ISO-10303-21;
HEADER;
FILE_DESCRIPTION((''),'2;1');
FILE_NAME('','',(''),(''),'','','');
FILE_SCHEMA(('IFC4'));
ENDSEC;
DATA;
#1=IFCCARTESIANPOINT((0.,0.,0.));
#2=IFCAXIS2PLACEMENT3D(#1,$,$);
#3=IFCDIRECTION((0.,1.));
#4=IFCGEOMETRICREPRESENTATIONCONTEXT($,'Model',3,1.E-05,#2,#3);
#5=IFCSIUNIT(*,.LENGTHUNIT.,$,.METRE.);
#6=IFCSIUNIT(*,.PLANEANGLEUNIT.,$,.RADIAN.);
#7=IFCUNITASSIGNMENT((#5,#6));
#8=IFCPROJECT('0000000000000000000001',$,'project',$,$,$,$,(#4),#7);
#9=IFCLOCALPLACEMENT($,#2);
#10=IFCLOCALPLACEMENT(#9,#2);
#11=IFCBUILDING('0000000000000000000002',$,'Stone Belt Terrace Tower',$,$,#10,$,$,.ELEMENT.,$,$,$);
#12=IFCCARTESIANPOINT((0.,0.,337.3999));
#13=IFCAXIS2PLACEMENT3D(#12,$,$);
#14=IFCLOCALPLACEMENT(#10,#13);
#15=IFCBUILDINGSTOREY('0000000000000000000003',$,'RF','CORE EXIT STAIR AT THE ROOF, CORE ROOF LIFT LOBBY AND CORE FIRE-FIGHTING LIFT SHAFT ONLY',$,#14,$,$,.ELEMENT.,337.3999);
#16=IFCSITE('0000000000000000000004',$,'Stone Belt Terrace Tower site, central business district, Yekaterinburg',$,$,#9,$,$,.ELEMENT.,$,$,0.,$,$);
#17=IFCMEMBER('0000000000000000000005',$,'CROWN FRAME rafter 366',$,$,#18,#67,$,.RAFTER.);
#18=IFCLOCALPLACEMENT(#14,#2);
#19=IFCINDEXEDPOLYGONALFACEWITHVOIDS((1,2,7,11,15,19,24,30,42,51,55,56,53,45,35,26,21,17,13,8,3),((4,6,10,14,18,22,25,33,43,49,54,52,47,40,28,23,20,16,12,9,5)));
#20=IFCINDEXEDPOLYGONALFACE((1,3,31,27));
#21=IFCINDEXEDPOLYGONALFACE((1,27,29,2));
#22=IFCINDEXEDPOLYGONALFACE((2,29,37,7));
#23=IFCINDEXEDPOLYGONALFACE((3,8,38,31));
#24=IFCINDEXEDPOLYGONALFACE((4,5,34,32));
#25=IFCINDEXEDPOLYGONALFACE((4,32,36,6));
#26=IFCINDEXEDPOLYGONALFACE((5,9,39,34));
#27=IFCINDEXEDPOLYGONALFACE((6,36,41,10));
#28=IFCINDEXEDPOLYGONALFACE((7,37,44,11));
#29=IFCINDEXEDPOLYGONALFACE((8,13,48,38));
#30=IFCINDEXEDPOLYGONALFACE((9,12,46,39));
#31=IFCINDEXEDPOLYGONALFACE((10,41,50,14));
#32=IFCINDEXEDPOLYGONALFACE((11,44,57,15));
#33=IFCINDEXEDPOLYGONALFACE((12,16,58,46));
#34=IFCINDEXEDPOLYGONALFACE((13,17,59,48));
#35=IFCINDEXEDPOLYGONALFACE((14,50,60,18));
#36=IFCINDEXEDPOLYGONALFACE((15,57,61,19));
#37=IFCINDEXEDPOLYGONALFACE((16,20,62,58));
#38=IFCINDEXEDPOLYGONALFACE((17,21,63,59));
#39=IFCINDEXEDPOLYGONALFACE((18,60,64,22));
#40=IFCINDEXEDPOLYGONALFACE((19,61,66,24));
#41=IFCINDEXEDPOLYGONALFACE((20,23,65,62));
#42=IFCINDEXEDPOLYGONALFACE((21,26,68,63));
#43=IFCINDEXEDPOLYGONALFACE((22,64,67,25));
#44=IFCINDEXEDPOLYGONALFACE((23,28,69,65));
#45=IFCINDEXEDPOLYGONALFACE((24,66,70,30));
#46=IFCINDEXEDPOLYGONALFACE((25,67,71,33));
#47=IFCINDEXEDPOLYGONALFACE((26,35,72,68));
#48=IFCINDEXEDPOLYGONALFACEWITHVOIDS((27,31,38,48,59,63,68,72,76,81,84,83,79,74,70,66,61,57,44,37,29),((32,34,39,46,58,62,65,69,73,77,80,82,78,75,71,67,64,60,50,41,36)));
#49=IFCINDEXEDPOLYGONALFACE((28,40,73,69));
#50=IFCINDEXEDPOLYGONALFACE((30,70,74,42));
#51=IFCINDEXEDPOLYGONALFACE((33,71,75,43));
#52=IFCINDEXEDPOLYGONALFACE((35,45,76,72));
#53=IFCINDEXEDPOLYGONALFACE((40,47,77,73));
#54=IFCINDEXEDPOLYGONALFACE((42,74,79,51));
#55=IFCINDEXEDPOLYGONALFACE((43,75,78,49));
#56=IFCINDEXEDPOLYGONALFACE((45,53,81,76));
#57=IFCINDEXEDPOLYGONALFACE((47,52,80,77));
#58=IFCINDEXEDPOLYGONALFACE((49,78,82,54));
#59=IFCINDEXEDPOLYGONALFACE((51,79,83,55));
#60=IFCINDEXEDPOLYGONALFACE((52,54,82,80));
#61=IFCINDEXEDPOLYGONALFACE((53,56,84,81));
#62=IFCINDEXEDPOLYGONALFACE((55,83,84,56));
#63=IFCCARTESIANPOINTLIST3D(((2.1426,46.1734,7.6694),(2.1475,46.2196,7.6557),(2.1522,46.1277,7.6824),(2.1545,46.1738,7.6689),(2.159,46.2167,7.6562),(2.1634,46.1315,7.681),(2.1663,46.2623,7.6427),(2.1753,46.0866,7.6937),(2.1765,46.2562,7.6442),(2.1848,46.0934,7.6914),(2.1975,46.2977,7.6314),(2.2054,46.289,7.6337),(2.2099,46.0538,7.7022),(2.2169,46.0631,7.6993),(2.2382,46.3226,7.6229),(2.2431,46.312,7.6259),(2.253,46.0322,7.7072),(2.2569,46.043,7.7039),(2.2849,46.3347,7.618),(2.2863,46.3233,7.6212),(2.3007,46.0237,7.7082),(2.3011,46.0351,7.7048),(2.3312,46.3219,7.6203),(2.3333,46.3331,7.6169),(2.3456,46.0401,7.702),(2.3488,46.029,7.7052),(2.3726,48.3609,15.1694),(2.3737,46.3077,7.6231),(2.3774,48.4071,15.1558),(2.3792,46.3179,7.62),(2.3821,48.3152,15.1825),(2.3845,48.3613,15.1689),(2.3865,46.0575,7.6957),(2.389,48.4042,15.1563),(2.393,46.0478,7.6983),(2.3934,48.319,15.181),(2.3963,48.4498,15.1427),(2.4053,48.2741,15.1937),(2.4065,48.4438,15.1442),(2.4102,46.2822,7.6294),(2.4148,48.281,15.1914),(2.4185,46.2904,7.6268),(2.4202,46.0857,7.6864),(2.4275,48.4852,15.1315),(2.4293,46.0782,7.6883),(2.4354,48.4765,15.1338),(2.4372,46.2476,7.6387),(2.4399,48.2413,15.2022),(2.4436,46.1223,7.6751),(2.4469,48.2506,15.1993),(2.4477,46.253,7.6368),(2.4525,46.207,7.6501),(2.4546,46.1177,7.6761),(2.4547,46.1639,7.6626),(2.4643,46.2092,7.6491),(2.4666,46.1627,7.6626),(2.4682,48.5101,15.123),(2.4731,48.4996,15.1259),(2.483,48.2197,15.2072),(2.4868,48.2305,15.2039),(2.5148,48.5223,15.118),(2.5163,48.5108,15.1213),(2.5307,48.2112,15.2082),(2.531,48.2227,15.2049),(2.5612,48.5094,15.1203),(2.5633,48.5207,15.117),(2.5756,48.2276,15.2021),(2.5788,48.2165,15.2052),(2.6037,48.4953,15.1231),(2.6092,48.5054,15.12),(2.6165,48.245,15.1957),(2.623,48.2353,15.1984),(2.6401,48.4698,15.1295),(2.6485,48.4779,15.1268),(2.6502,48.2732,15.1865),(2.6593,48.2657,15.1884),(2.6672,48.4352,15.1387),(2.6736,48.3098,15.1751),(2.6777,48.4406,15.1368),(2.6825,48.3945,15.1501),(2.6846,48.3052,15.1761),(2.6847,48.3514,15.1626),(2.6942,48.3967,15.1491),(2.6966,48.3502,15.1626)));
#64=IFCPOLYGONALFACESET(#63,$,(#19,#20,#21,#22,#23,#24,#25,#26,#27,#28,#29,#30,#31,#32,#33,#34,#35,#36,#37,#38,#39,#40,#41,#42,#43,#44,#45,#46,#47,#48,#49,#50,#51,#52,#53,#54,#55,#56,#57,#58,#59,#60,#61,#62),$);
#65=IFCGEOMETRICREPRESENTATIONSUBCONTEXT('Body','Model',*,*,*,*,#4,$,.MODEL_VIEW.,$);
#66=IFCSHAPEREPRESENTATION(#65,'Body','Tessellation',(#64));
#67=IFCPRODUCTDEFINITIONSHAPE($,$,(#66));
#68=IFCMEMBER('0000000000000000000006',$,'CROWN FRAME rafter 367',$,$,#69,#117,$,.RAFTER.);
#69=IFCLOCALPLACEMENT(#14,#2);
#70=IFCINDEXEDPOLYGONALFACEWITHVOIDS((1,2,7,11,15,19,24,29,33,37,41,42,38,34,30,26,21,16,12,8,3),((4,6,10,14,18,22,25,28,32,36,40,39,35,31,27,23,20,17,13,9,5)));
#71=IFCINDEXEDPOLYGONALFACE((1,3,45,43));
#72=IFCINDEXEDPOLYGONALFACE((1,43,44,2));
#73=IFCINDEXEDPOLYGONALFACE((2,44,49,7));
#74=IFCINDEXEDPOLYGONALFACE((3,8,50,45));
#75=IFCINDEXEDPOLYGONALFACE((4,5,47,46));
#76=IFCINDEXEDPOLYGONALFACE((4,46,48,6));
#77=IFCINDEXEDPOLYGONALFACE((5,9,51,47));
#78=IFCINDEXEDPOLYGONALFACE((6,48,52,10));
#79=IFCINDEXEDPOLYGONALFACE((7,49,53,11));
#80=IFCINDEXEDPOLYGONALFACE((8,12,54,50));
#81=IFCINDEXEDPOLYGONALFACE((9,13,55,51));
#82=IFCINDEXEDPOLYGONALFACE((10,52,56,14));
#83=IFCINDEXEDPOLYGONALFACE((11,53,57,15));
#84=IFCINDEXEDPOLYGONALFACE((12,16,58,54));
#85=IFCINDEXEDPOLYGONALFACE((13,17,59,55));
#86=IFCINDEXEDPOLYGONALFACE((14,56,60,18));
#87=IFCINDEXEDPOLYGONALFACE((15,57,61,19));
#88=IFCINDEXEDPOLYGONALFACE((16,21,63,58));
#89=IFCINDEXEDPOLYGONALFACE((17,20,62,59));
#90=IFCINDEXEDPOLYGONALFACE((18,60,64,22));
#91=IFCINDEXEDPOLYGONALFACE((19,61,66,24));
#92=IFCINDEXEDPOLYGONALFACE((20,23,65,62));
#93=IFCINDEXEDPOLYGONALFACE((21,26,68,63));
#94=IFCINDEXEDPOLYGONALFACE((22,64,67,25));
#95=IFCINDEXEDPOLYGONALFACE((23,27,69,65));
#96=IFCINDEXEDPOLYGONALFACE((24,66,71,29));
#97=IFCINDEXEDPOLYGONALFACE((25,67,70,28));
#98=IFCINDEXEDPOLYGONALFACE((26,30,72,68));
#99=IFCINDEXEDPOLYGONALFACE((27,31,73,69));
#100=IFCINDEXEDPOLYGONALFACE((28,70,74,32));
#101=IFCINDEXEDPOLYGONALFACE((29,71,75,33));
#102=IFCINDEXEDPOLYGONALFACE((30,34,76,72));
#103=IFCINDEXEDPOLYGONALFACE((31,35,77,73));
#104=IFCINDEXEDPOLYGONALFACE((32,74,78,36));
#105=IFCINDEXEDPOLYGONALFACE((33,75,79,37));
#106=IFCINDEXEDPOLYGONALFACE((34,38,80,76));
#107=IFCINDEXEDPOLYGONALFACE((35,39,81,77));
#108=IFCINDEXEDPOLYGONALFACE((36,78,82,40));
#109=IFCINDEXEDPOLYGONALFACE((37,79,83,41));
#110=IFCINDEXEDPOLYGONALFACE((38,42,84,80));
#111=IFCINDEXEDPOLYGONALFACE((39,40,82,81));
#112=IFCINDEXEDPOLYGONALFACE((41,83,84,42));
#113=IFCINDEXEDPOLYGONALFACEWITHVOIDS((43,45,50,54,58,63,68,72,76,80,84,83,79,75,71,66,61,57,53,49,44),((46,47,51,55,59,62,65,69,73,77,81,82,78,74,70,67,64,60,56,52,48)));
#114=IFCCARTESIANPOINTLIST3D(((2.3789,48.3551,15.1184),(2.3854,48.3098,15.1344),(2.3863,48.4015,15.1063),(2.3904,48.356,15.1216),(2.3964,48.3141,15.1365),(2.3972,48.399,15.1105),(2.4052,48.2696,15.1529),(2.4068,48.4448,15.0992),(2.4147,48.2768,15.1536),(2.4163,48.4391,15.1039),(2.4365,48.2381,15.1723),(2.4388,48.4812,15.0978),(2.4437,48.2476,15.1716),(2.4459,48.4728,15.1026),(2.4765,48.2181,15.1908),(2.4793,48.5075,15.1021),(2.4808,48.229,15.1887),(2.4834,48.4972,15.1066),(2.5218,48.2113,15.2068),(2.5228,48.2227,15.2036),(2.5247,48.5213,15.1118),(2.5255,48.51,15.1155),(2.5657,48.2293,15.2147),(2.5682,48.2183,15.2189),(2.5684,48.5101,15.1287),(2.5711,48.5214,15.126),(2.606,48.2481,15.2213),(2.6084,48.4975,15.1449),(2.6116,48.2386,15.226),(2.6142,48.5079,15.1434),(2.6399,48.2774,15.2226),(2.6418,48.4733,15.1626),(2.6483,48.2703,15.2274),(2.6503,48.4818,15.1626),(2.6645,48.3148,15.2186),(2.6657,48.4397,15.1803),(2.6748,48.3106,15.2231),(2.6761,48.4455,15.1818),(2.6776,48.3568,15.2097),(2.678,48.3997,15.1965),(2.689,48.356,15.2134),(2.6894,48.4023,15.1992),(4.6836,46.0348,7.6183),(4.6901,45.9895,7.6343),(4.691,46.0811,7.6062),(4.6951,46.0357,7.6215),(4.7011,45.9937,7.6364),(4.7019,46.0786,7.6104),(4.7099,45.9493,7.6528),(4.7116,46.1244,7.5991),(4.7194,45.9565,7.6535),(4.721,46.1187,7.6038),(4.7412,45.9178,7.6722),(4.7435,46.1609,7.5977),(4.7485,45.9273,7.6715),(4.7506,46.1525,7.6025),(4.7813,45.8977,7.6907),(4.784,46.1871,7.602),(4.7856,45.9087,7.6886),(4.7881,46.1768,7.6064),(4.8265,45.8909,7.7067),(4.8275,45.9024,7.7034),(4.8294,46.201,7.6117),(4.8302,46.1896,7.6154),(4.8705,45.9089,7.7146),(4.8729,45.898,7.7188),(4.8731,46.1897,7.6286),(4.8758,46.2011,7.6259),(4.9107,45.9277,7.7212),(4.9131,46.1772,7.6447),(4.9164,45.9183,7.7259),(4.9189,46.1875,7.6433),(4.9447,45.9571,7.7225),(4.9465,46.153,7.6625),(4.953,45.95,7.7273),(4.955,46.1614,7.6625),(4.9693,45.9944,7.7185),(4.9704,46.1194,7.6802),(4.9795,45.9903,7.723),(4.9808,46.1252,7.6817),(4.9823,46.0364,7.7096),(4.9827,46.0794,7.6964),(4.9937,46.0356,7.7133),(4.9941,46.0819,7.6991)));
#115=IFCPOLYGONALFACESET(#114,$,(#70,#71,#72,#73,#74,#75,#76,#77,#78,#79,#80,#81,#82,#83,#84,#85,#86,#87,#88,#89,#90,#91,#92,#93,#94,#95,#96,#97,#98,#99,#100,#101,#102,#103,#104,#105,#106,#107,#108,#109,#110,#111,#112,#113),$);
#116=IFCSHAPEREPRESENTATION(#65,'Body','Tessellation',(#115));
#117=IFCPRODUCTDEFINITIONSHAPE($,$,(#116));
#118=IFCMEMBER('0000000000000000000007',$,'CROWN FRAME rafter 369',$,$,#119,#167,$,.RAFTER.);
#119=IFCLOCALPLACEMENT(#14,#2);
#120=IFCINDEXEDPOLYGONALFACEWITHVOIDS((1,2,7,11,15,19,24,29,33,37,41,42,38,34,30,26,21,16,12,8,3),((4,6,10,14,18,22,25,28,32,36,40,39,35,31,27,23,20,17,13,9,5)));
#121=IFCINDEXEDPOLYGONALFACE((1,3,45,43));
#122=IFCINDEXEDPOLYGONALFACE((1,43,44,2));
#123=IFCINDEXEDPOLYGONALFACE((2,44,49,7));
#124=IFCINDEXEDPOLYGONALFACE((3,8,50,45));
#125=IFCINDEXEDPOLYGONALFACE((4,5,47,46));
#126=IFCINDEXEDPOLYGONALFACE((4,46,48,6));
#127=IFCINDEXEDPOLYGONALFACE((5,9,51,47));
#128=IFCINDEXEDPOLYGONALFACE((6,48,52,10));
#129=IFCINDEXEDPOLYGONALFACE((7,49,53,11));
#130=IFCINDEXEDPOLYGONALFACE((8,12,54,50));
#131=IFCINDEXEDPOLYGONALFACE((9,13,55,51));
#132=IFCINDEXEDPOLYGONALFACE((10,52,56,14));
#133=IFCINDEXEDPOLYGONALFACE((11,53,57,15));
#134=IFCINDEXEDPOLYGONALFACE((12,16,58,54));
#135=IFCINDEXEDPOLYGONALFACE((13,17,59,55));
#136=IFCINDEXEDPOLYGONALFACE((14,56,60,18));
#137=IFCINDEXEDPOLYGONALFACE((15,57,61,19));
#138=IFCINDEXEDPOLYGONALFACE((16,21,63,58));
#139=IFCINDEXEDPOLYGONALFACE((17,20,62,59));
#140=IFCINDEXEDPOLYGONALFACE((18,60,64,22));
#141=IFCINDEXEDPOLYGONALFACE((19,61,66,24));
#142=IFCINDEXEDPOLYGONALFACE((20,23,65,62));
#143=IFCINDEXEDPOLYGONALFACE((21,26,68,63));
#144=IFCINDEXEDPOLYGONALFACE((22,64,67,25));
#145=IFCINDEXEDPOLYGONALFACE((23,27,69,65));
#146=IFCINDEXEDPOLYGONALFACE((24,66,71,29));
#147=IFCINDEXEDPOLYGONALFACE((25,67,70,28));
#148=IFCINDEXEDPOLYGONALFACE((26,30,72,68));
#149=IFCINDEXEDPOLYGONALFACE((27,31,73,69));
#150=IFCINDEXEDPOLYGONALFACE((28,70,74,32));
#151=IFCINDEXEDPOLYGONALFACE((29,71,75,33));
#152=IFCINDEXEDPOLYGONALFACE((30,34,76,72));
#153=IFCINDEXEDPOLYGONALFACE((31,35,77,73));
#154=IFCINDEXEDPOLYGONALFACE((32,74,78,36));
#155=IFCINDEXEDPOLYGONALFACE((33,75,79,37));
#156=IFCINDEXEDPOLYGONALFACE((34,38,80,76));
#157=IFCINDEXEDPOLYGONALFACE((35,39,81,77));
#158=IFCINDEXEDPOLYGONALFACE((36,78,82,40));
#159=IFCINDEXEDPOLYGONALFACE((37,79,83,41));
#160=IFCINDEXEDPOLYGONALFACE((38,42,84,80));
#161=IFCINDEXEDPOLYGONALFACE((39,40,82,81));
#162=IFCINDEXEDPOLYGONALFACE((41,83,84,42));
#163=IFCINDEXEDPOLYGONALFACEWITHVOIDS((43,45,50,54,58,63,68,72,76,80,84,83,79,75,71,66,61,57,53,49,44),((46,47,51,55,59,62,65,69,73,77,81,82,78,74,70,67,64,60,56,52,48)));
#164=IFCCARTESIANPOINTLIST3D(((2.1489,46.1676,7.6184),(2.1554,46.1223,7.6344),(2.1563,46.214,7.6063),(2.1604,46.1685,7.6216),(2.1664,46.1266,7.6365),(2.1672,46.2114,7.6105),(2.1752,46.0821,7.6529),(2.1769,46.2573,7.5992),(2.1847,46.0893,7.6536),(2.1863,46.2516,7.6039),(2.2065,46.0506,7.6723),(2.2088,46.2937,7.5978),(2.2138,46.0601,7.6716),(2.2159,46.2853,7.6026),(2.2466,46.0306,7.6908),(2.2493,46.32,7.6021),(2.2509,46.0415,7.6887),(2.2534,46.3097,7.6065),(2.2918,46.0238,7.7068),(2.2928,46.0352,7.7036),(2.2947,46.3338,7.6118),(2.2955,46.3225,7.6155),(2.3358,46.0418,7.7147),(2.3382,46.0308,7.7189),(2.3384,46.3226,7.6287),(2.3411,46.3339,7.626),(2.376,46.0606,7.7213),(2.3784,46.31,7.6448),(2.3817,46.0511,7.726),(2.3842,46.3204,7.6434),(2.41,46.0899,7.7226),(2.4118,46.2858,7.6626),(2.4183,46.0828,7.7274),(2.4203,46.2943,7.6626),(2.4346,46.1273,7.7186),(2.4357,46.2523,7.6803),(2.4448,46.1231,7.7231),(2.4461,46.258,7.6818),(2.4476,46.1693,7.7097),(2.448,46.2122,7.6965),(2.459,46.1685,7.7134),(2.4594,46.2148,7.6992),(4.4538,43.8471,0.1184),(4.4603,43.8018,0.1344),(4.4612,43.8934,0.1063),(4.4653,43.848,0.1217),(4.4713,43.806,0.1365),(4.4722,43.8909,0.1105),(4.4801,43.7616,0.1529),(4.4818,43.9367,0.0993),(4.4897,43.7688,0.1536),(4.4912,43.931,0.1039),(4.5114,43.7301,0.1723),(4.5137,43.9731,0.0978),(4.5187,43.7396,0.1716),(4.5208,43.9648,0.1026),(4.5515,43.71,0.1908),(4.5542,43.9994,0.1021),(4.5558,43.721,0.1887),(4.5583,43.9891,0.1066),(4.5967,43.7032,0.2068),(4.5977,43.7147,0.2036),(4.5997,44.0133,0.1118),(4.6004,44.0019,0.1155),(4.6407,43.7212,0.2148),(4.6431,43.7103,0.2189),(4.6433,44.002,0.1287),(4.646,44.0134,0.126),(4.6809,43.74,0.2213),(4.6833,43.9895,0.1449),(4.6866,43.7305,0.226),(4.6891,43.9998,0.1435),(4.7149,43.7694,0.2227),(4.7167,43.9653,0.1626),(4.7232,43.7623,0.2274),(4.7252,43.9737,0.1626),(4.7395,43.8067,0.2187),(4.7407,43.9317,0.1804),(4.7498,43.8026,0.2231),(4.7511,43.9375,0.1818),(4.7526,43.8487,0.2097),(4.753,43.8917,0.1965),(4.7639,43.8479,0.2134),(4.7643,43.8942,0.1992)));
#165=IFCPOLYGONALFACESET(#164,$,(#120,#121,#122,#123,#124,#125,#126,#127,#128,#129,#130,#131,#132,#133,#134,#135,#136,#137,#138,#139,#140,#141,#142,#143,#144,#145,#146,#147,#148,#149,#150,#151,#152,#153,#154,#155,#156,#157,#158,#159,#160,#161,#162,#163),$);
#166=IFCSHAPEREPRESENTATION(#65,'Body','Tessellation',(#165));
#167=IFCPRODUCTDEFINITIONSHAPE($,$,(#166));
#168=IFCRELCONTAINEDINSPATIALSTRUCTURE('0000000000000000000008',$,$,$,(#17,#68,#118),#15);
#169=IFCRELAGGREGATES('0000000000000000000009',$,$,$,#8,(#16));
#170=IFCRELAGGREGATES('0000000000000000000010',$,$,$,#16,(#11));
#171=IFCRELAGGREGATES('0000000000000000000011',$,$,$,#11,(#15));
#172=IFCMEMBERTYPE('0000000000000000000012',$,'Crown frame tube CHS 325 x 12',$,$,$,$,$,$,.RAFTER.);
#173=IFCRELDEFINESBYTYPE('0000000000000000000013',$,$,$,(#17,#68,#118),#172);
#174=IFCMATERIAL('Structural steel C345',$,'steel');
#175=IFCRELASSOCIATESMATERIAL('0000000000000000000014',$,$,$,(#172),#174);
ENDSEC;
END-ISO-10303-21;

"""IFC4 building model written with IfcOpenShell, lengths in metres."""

from ifc_helpers import new_model, si_unit, direction, frame, origin, origin_2d, place, context, subcontext, project, spatial, hollow_circle, extrude, material, material_profile, profile_set, type_object, element, save


model = new_model("IFC4")

# Units and contexts
model_context = context("Model", 3, precision=1e-05, world=origin(), true_north=direction((0.0, 1.0)))
body_context = subcontext(model_context, "Body", "Model", "MODEL_VIEW")
ifc_project = project(units=[si_unit("LENGTHUNIT", "METRE"), si_unit("PLANEANGLEUNIT", "RADIAN")], contexts=[model_context])

# Site, building, storey
site_placement = place(None, origin())
site = spatial("IfcSite", under=ifc_project, at=site_placement, Name="Stone Belt Terrace Tower site, central business district, Yekaterinburg", CompositionType="ELEMENT", RefElevation=0.0)
building_placement = place(site_placement, origin())
building = spatial("IfcBuilding", under=site, at=building_placement, Name="Stone Belt Terrace Tower", CompositionType="ELEMENT")
storey_placement = place(building_placement, frame((0.0, 0.0, 337.3999)))
storey = spatial("IfcBuildingStorey", under=building, at=storey_placement, Name="RF", Description="CORE EXIT STAIR AT THE ROOF, CORE ROOF LIFT LOBBY AND CORE FIRE-FIGHTING LIFT SHAFT ONLY", CompositionType="ELEMENT", Elevation=337.3999)

# Members
ifc_material_1 = material(Name="Structural steel C345", Category="steel")
ifc_material_profile_1 = material_profile(ifc_material_1, hollow_circle(Radius=0.1626, WallThickness=0.012, at=origin_2d()), Name="Structural steel C345 CHS 325x12")
ifc_profile_set_1 = profile_set([ifc_material_profile_1], Name="Structural steel C345")
member_type_1 = type_object("IfcMemberType", Name="Crown frame tube CHS 325 x 12", PredefinedType="RAFTER", material=ifc_profile_set_1)
member_1_placement = place(storey_placement, frame((2.5349, 48.3672, 15.1626), z_axis=(-0.029425, -0.279879, -0.959584), x_axis=(0.994519, -0.104558, 0.0)))
element("IfcMember", 1, at=member_1_placement, inside=storey, type_object=member_type_1, Name="CROWN FRAME rafter 366", PredefinedType="RAFTER", context=body_context, shape_type="SweptSolid", body=[
    extrude(hollow_circle(Radius=0.1626, WallThickness=0.012, at=origin_2d()), origin(), (0.0, 0.0, 1.0), 7.8159),
])
for number, where, z_axis, x_axis, name in (
    (2, (2.5349, 48.3672, 15.1626), (0.281677, -0.283587, -0.916644), (0.709492, 0.704714, 0.0), "CROWN FRAME rafter 367"),
    (3, (2.3049, 46.1797, 7.6626), (0.281702, -0.283612, -0.916629), (0.709491, 0.704714, 0.0), "CROWN FRAME rafter 369"),
):
    element("IfcMember", number, at=place(storey_placement, frame(where, z_axis=z_axis, x_axis=x_axis)), inside=storey, type_object=member_type_1, Name=name, PredefinedType="RAFTER", context=body_context, shape_type="SweptSolid", body=[
        extrude(hollow_circle(Radius=0.1626, WallThickness=0.012, at=origin_2d()), origin(), (0.0, 0.0, 1.0), 8.1821),
    ])

save(model, "model.ifc")
